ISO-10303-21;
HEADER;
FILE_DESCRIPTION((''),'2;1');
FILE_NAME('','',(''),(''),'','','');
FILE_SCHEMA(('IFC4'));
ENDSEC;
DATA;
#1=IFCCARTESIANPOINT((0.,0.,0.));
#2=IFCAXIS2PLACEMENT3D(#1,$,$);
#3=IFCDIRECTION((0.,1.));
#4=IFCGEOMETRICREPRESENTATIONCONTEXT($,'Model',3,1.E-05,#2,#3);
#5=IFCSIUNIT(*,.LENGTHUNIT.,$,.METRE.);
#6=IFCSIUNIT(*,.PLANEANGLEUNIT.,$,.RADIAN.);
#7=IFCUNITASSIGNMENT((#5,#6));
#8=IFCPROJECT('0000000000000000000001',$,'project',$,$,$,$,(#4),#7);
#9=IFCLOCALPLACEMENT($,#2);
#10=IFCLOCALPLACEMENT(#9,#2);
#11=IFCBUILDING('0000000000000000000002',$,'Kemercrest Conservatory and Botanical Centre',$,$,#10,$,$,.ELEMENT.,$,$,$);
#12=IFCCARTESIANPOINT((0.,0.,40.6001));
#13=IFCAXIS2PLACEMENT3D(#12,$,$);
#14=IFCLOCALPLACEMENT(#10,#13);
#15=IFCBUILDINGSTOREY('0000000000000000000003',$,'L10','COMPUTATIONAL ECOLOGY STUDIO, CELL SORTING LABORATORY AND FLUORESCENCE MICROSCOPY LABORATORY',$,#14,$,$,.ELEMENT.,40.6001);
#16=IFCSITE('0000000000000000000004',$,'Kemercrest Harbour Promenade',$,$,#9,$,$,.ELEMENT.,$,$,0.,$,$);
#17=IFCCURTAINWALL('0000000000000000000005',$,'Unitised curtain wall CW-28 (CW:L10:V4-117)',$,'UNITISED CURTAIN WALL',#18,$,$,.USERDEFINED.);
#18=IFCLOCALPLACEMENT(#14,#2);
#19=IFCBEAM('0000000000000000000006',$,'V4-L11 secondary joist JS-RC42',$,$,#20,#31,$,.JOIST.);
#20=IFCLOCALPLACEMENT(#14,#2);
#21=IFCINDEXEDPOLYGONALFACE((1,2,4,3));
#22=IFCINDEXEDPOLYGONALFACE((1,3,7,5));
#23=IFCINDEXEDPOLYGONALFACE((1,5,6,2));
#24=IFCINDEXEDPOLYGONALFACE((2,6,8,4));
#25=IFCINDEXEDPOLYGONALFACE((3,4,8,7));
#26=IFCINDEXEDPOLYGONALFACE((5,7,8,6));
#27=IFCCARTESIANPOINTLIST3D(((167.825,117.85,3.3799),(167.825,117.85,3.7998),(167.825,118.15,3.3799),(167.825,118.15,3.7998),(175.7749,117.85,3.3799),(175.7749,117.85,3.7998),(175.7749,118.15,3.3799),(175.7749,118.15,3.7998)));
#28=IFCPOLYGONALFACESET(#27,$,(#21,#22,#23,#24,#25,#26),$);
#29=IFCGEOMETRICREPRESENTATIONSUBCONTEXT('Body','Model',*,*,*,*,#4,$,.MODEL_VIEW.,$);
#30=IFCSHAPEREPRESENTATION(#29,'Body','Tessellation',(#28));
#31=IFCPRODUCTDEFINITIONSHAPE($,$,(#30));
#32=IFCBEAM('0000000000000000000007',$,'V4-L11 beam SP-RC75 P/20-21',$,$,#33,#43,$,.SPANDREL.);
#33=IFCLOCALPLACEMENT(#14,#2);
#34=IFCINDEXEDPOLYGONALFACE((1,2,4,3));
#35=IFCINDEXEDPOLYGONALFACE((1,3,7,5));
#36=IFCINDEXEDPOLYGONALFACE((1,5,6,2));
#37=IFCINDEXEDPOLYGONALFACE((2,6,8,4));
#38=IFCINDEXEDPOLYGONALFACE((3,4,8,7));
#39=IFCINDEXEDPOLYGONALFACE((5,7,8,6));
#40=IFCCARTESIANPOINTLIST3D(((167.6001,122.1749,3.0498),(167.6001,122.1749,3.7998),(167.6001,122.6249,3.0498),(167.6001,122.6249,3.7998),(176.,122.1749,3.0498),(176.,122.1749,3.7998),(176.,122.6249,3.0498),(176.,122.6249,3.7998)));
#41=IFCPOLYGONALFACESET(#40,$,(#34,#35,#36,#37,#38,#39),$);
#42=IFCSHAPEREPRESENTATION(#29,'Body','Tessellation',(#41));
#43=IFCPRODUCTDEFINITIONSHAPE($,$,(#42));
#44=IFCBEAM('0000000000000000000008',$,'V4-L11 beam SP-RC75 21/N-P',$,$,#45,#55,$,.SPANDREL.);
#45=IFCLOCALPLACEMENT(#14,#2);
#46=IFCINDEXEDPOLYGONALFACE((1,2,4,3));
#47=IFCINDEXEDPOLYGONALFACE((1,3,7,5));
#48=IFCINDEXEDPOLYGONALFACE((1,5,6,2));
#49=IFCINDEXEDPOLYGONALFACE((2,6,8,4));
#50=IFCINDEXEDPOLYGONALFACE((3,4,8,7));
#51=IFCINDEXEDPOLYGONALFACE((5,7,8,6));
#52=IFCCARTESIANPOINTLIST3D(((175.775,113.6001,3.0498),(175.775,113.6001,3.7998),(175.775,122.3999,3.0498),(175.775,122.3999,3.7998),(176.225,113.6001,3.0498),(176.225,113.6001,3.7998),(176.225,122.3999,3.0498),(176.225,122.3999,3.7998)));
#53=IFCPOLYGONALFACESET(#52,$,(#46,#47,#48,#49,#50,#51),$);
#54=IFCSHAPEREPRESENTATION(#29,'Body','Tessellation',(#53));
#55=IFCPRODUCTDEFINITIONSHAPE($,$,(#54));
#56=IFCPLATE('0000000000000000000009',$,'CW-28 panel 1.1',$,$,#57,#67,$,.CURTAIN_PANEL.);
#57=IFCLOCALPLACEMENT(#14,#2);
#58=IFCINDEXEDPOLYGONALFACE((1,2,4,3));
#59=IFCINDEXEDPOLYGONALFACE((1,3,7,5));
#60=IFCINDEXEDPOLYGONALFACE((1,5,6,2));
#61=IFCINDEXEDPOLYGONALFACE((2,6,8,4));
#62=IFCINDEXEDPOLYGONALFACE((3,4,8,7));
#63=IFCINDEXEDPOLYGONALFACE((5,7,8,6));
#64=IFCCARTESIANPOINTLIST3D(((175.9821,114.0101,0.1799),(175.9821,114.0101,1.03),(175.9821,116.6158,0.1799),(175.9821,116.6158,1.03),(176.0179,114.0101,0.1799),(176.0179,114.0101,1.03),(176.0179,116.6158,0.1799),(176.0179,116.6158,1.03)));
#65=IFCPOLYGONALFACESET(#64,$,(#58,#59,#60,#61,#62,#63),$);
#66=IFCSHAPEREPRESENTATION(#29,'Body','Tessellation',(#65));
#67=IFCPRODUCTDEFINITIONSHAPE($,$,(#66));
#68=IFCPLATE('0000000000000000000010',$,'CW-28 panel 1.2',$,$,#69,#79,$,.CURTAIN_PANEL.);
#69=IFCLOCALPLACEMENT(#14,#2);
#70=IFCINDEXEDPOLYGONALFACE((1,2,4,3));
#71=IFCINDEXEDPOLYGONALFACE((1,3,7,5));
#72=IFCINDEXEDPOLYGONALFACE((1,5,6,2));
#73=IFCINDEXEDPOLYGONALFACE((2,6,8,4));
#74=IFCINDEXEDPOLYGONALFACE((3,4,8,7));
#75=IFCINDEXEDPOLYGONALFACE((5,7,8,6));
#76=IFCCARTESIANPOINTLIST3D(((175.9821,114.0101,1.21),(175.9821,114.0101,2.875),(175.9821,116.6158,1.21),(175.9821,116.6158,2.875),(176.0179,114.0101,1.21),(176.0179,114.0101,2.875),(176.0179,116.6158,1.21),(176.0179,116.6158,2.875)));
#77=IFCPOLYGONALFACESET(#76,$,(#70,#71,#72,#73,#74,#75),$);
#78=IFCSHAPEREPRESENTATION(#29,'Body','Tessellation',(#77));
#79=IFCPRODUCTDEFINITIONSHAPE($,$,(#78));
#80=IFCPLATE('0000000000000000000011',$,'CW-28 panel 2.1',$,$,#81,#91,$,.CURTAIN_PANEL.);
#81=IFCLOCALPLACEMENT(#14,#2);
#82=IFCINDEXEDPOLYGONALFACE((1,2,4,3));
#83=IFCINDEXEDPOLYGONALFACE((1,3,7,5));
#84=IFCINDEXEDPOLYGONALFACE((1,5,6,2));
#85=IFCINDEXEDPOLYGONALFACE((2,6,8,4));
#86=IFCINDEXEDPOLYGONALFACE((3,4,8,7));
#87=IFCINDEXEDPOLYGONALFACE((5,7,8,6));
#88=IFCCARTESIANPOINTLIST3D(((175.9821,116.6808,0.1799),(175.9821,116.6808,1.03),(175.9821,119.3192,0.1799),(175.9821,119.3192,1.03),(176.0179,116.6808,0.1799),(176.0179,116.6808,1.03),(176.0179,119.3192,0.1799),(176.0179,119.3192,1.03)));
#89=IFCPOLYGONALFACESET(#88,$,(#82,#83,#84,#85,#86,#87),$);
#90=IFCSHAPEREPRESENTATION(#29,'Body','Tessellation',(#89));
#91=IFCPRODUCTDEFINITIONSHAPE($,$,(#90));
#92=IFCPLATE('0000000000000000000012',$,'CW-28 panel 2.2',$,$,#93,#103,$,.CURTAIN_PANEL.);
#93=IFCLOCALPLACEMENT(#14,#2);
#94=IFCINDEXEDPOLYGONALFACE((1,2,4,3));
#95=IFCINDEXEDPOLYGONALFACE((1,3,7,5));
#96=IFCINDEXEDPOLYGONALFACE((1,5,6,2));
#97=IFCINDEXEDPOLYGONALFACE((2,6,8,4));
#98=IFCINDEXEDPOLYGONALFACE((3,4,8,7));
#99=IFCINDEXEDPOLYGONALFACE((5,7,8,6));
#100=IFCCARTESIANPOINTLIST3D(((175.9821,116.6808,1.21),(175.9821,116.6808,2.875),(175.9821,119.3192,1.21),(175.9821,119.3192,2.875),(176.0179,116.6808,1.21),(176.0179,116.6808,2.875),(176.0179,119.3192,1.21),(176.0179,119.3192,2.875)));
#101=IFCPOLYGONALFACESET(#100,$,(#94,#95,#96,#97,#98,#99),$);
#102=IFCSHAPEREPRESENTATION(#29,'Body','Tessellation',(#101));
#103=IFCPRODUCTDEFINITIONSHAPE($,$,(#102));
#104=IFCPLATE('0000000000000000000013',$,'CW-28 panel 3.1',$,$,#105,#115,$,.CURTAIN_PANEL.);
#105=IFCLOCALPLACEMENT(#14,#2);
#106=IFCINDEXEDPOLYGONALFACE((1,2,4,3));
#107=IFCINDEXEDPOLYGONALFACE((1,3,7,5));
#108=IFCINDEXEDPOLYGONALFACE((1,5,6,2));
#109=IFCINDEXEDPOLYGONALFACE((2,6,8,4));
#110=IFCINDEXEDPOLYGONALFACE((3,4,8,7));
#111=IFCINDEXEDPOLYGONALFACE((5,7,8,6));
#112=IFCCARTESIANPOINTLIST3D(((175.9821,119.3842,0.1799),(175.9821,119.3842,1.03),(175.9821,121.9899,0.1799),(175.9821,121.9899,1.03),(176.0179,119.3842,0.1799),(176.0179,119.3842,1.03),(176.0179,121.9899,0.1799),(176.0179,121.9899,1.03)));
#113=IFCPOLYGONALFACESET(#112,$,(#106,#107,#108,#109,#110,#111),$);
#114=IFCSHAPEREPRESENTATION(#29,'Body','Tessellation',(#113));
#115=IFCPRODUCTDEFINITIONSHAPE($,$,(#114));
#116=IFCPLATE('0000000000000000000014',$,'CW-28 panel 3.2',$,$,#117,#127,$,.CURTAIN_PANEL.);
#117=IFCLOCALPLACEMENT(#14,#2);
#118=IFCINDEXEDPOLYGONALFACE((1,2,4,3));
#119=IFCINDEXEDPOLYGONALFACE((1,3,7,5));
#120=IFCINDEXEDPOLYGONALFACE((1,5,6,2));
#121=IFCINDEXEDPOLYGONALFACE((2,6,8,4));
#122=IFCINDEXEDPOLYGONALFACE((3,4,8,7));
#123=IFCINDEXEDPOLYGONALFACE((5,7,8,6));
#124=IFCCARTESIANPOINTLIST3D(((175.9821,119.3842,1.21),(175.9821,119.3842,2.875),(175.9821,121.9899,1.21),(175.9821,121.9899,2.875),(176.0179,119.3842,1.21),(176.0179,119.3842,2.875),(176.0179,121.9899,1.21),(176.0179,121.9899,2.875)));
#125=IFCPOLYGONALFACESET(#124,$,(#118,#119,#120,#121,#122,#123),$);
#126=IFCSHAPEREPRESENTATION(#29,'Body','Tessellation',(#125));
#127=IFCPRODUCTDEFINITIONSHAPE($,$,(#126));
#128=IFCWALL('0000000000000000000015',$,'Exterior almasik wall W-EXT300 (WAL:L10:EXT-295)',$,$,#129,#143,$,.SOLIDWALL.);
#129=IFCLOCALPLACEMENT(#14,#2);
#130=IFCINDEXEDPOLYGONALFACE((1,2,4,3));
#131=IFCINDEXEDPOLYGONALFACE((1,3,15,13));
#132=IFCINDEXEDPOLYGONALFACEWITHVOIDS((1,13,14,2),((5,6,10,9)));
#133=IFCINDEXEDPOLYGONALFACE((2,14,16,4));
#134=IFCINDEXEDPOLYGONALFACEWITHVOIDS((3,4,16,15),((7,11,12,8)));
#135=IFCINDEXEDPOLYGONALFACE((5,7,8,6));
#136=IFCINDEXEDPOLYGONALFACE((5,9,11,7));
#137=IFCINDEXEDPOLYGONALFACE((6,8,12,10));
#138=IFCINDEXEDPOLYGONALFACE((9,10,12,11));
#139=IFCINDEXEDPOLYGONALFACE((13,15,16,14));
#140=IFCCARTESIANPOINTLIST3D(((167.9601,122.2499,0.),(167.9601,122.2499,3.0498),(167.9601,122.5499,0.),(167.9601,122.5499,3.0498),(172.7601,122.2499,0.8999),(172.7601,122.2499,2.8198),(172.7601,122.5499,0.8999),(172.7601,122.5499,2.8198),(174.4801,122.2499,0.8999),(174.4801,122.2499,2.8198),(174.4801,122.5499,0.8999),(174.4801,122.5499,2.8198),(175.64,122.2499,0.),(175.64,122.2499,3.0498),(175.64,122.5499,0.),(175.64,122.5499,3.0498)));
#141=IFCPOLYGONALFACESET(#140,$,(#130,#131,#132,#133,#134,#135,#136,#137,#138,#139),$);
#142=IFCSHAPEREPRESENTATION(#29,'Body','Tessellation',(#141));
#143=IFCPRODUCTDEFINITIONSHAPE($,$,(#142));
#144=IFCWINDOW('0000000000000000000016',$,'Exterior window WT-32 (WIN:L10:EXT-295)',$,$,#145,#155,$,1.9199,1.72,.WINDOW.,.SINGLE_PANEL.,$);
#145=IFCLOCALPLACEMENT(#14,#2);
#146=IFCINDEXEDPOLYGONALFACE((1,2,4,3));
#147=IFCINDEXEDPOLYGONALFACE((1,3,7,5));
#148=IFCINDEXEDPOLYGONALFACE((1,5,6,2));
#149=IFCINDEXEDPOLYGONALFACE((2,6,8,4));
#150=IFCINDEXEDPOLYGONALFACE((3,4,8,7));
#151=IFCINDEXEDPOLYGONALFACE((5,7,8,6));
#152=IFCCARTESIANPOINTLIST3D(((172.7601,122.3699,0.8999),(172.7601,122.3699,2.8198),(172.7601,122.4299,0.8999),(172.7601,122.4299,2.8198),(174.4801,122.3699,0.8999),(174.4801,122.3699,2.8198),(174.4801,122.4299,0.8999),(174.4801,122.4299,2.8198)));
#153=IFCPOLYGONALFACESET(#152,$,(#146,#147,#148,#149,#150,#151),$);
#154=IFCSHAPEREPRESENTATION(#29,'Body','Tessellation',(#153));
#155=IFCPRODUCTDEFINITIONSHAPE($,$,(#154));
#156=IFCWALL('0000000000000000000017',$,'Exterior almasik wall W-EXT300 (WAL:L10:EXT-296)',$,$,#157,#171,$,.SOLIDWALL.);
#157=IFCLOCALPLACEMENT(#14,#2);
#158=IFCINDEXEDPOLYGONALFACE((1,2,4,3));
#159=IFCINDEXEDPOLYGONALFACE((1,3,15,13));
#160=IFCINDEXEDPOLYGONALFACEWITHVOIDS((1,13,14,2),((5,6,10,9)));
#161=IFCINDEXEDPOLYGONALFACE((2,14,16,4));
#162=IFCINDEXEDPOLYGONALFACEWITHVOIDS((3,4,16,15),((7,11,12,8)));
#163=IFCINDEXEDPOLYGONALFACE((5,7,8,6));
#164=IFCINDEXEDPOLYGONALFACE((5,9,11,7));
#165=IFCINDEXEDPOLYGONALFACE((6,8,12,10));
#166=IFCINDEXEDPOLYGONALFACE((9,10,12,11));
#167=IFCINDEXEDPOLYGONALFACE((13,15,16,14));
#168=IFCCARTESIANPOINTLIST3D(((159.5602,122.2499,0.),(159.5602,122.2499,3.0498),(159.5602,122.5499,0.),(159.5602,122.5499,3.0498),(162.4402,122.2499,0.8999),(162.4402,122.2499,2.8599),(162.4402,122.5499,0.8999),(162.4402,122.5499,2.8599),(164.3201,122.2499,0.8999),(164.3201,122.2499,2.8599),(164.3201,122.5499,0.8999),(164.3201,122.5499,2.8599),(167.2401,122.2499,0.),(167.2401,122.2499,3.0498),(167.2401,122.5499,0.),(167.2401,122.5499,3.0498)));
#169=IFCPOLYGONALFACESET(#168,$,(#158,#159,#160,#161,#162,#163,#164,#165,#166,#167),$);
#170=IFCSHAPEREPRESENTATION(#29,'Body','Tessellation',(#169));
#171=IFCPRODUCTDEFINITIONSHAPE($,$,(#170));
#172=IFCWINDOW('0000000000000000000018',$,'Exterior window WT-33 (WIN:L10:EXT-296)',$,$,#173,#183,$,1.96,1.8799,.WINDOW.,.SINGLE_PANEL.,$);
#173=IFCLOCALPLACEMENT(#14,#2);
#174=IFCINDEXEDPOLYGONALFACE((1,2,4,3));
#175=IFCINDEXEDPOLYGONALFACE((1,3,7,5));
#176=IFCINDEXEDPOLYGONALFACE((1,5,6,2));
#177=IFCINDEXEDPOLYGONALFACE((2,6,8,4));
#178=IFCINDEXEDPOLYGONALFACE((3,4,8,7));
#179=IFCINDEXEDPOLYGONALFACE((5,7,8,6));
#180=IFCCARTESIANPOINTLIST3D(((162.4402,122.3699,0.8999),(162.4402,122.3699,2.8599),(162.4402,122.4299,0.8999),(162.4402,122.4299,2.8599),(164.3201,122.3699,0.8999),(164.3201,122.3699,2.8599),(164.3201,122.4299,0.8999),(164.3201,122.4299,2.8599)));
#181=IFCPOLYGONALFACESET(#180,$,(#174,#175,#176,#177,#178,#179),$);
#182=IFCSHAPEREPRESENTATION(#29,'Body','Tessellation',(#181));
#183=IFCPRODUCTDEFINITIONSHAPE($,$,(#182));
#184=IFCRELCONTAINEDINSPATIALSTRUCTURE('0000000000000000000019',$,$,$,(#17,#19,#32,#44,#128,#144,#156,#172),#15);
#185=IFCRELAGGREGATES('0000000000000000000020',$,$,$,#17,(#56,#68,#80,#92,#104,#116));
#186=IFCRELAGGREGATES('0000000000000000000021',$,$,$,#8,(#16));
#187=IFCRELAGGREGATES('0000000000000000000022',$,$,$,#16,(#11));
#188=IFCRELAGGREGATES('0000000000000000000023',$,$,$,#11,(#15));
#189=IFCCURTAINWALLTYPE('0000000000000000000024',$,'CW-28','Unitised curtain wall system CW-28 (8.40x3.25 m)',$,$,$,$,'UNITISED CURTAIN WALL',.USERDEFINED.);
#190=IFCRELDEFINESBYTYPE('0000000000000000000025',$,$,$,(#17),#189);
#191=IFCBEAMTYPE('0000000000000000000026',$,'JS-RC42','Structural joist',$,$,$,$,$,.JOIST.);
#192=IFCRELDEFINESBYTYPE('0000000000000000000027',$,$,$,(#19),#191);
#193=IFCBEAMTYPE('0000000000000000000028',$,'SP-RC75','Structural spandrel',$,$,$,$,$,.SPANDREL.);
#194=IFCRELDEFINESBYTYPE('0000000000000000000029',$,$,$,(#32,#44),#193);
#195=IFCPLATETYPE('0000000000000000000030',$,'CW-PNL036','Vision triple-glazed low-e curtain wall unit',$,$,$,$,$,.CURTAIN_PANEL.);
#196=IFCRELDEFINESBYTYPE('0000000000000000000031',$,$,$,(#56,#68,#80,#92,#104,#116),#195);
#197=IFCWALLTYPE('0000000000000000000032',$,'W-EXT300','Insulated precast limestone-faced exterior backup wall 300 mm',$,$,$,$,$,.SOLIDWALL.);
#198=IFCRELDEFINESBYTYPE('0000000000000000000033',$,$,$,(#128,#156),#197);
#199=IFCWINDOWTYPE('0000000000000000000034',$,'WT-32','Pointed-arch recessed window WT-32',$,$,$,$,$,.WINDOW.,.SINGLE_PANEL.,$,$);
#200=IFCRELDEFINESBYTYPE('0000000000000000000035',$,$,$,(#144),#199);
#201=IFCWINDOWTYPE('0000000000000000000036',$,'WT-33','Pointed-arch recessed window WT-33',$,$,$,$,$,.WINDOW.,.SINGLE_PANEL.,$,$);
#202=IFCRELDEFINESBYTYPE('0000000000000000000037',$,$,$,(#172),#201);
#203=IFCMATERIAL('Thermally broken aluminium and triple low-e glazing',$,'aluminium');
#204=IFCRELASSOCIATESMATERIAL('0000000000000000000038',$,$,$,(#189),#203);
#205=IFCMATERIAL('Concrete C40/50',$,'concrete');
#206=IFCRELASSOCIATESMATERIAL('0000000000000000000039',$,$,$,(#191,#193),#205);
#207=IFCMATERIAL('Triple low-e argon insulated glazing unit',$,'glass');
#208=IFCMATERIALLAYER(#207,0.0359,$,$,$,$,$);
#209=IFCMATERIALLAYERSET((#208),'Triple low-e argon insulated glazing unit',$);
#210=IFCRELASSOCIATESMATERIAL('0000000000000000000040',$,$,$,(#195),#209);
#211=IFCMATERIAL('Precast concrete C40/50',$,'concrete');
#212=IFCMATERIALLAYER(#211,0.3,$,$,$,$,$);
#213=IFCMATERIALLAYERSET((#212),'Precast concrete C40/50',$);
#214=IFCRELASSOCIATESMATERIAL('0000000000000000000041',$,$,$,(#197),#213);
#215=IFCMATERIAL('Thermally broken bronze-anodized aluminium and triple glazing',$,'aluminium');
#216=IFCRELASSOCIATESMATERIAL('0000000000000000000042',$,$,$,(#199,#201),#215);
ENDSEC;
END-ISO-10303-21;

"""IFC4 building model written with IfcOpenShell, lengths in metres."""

from ifc_helpers import new_model, si_unit, direction, frame, frame_2d, origin, origin_2d, place, context, subcontext, project, spatial, rectangle, extrude, material, layer, layer_set, material_profile, profile_set, type_object, element, fill, aggregate, save


model = new_model("IFC4")

# Units and contexts
model_context = context("Model", 3, precision=1e-05, world=origin(), true_north=direction((0.0, 1.0)))
body_context = subcontext(model_context, "Body", "Model", "MODEL_VIEW")
ifc_project = project(units=[si_unit("LENGTHUNIT", "METRE"), si_unit("PLANEANGLEUNIT", "RADIAN")], contexts=[model_context])

# Site, building, storey
site_placement = place(None, origin())
site = spatial("IfcSite", under=ifc_project, at=site_placement, Name="Kemercrest Harbour Promenade", CompositionType="ELEMENT", RefElevation=0.0)
building_placement = place(site_placement, origin())
building = spatial("IfcBuilding", under=site, at=building_placement, Name="Kemercrest Conservatory and Botanical Centre", CompositionType="ELEMENT")
storey_placement = place(building_placement, frame((0.0, 0.0, 40.6001)))
storey = spatial("IfcBuildingStorey", under=building, at=storey_placement, Name="L10", Description="COMPUTATIONAL ECOLOGY STUDIO, CELL SORTING LABORATORY AND FLUORESCENCE MICROSCOPY LABORATORY", CompositionType="ELEMENT", Elevation=40.6001)

# Curtain wall
ifc_material_1 = material(Name="Thermally broken aluminium and triple low-e glazing", Category="aluminium")
curtain_wall_type = type_object("IfcCurtainWallType", Name="CW-28", Description="Unitised curtain wall system CW-28 (8.40x3.25 m)", ElementType="UNITISED CURTAIN WALL", PredefinedType="USERDEFINED", material=ifc_material_1)
curtain_wall_placement = place(storey_placement, origin())
curtain_wall = element("IfcCurtainWall", 1, at=curtain_wall_placement, inside=storey, type_object=curtain_wall_type, Name="Unitised curtain wall CW-28 (CW:L10:V4-117)", ObjectType="UNITISED CURTAIN WALL", PredefinedType="USERDEFINED")

# Beams
ifc_material_2 = material(Name="Concrete C40/50", Category="concrete")
ifc_material_profile_1 = material_profile(ifc_material_2, rectangle(XDim=0.3, YDim=0.4199, at=origin_2d()), Name="RC 300x420")
ifc_profile_set_1 = profile_set([ifc_material_profile_1], Name="Concrete C40/50")
beam_type_1 = type_object("IfcBeamType", Name="JS-RC42", Description="Structural joist", PredefinedType="JOIST", material=ifc_profile_set_1)
beam_1_placement = place(storey_placement, frame((167.825, 118.0, 3.5898), z_axis=(1.0, 0.0, 0.0), x_axis=(0.0, 1.0, 0.0)))
element("IfcBeam", 2, at=beam_1_placement, inside=storey, type_object=beam_type_1, Name="V4-L11 secondary joist JS-RC42", PredefinedType="JOIST", context=body_context, shape_type="SweptSolid", body=[
    extrude(rectangle(XDim=0.3, YDim=0.4199, at=origin_2d()), origin(), (0.0, 0.0, 1.0), 7.95),
])
ifc_material_profile_2 = material_profile(ifc_material_2, rectangle(XDim=0.45, YDim=0.75, at=origin_2d()), Name="RC 450x750")
ifc_profile_set_2 = profile_set([ifc_material_profile_2], Name="Concrete C40/50")
beam_type_2 = type_object("IfcBeamType", Name="SP-RC75", Description="Structural spandrel", PredefinedType="SPANDREL", material=ifc_profile_set_2)
beam_2_placement = place(storey_placement, frame((167.6001, 122.3999, 3.4248), z_axis=(1.0, 0.0, 0.0), x_axis=(0.0, 1.0, 0.0)))
element("IfcBeam", 3, at=beam_2_placement, inside=storey, type_object=beam_type_2, Name="V4-L11 beam SP-RC75 P/20-21", PredefinedType="SPANDREL", context=body_context, shape_type="SweptSolid", body=[
    extrude(rectangle(XDim=0.45, YDim=0.75, at=origin_2d()), origin(), (0.0, 0.0, 1.0), 8.3999),
])
beam_3_placement = place(storey_placement, frame((176.0, 113.6001, 3.4248), z_axis=(0.0, 1.0, 0.0), x_axis=(-1.0, 0.0, 0.0)))
element("IfcBeam", 4, at=beam_3_placement, inside=storey, type_object=beam_type_2, Name="V4-L11 beam SP-RC75 21/N-P", PredefinedType="SPANDREL", context=body_context, shape_type="SweptSolid", body=[
    extrude(rectangle(XDim=0.45, YDim=0.75, at=origin_2d()), origin(), (0.0, 0.0, 1.0), 8.7998),
])

# Plates
ifc_material_3 = material(Name="Triple low-e argon insulated glazing unit", Category="glass")
ifc_layer_1 = layer(ifc_material_3, 0.0359)
ifc_layer_set_1 = layer_set([ifc_layer_1], Name="Triple low-e argon insulated glazing unit")
plate_type = type_object("IfcPlateType", Name="CW-PNL036", Description="Vision triple-glazed low-e curtain wall unit", PredefinedType="CURTAIN_PANEL", material=ifc_layer_set_1)
plate_1_placement = place(storey_placement, frame((176.0, 115.313, 0.1799), z_axis=(0.0, 0.0, 1.0), x_axis=(0.0, 1.0, 0.0)))
plate_1 = element("IfcPlate", 5, at=plate_1_placement, type_object=plate_type, Name="CW-28 panel 1.1", PredefinedType="CURTAIN_PANEL", context=body_context, shape_type="SweptSolid", body=[
    extrude(rectangle(XDim=2.6057, YDim=0.0359, at=origin_2d()), origin(), (0.0, 0.0, 1.0), 0.8501),
])
plate_2_placement = place(storey_placement, frame((176.0, 115.313, 1.21), z_axis=(0.0, 0.0, 1.0), x_axis=(0.0, 1.0, 0.0)))
plate_2 = element("IfcPlate", 6, at=plate_2_placement, type_object=plate_type, Name="CW-28 panel 1.2", PredefinedType="CURTAIN_PANEL", context=body_context, shape_type="SweptSolid", body=[
    extrude(rectangle(XDim=2.6057, YDim=0.0359, at=origin_2d()), origin(), (0.0, 0.0, 1.0), 1.665),
])
plate_3_placement = place(storey_placement, frame((176.0, 118.0, 0.1799), z_axis=(0.0, 0.0, 1.0), x_axis=(0.0, 1.0, 0.0)))
plate_3 = element("IfcPlate", 7, at=plate_3_placement, type_object=plate_type, Name="CW-28 panel 2.1", PredefinedType="CURTAIN_PANEL", context=body_context, shape_type="SweptSolid", body=[
    extrude(rectangle(XDim=2.6384, YDim=0.0359, at=origin_2d()), origin(), (0.0, 0.0, 1.0), 0.8501),
])
plate_4_placement = place(storey_placement, frame((176.0, 118.0, 1.21), z_axis=(0.0, 0.0, 1.0), x_axis=(0.0, 1.0, 0.0)))
plate_4 = element("IfcPlate", 8, at=plate_4_placement, type_object=plate_type, Name="CW-28 panel 2.2", PredefinedType="CURTAIN_PANEL", context=body_context, shape_type="SweptSolid", body=[
    extrude(rectangle(XDim=2.6384, YDim=0.0359, at=origin_2d()), origin(), (0.0, 0.0, 1.0), 1.665),
])
plate_5_placement = place(storey_placement, frame((176.0, 120.687, 0.1799), z_axis=(0.0, 0.0, 1.0), x_axis=(0.0, 1.0, 0.0)))
plate_5 = element("IfcPlate", 9, at=plate_5_placement, type_object=plate_type, Name="CW-28 panel 3.1", PredefinedType="CURTAIN_PANEL", context=body_context, shape_type="SweptSolid", body=[
    extrude(rectangle(XDim=2.6057, YDim=0.0359, at=origin_2d()), origin(), (0.0, 0.0, 1.0), 0.8501),
])
plate_6_placement = place(storey_placement, frame((176.0, 120.687, 1.21), z_axis=(0.0, 0.0, 1.0), x_axis=(0.0, 1.0, 0.0)))
plate_6 = element("IfcPlate", 10, at=plate_6_placement, type_object=plate_type, Name="CW-28 panel 3.2", PredefinedType="CURTAIN_PANEL", context=body_context, shape_type="SweptSolid", body=[
    extrude(rectangle(XDim=2.6057, YDim=0.0359, at=origin_2d()), origin(), (0.0, 0.0, 1.0), 1.665),
])
aggregate(curtain_wall, [plate_1, plate_2, plate_3, plate_4, plate_5, plate_6])

# Walls, openings, windows
ifc_material_4 = material(Name="Precast concrete C40/50", Category="concrete")
ifc_layer_2 = layer(ifc_material_4, 0.3)
ifc_layer_set_2 = layer_set([ifc_layer_2], Name="Precast concrete C40/50")
wall_type = type_object("IfcWallType", Name="W-EXT300", Description="Insulated precast limestone-faced exterior backup wall 300 mm", PredefinedType="SOLIDWALL", material=ifc_layer_set_2)
wall_1_placement = place(storey_placement, frame((175.6399, 122.3999, 0.0), z_axis=(0.0, 0.0, 1.0), x_axis=(-1.0, 0.0, 0.0)))
wall_1 = element("IfcWall", 11, at=wall_1_placement, inside=storey, type_object=wall_type, Name="Exterior almasik wall W-EXT300 (WAL:L10:EXT-295)", PredefinedType="SOLIDWALL", context=body_context, shape_type="SweptSolid", body=[
    extrude(rectangle(XDim=7.6799, YDim=0.3, at=frame_2d((3.8398, 0.0))), origin(), (0.0, 0.0, 1.0), 3.0498),
])
opening_1_placement = place(wall_1_placement, frame((1.1599, 0.0, 0.8999)))
opening_1 = element("IfcOpeningElement", 12, at=opening_1_placement, cuts=wall_1, PredefinedType="OPENING", context=body_context, shape_type="SweptSolid", body=[
    extrude(rectangle(XDim=1.72, YDim=1.9199, at=frame_2d((0.8599, 0.96))), frame((0.0, 0.1602, 0.0), z_axis=(0.0, -1.0, 0.0), x_axis=(1.0, 0.0, 0.0)), (0.0, 0.0, 1.0), 0.3201),
])
ifc_material_5 = material(Name="Thermally broken bronze-anodized aluminium and triple glazing", Category="aluminium")
window_type_1 = type_object("IfcWindowType", Name="WT-32", Description="Pointed-arch recessed window WT-32", PartitioningType="SINGLE_PANEL", PredefinedType="WINDOW", material=ifc_material_5)
window_1_placement = place(opening_1_placement, origin())
window_1 = element("IfcWindow", 13, at=window_1_placement, inside=storey, type_object=window_type_1, Name="Exterior window WT-32 (WIN:L10:EXT-295)", OverallHeight=1.9199, OverallWidth=1.72, PartitioningType="SINGLE_PANEL", PredefinedType="WINDOW", context=body_context, shape_type="SweptSolid", body=[
    extrude(rectangle(XDim=1.72, YDim=1.9199, at=frame_2d((0.8599, 0.96))), frame((0.0, 0.03, 0.0), z_axis=(0.0, -1.0, 0.0), x_axis=(1.0, 0.0, 0.0)), (0.0, 0.0, 1.0), 0.0601),
])
fill(opening_1, window_1)
wall_2_placement = place(storey_placement, frame((167.24, 122.3999, 0.0), z_axis=(0.0, 0.0, 1.0), x_axis=(-1.0, 0.0, 0.0)))
wall_2 = element("IfcWall", 14, at=wall_2_placement, inside=storey, type_object=wall_type, Name="Exterior almasik wall W-EXT300 (WAL:L10:EXT-296)", PredefinedType="SOLIDWALL", context=body_context, shape_type="SweptSolid", body=[
    extrude(rectangle(XDim=7.6799, YDim=0.3, at=frame_2d((3.8398, 0.0))), origin(), (0.0, 0.0, 1.0), 3.0498),
])
opening_2_placement = place(wall_2_placement, frame((2.9199, 0.0, 0.8999)))
opening_2 = element("IfcOpeningElement", 15, at=opening_2_placement, cuts=wall_2, PredefinedType="OPENING", context=body_context, shape_type="SweptSolid", body=[
    extrude(rectangle(XDim=1.8799, YDim=1.96, at=frame_2d((0.9399, 0.98))), frame((0.0, 0.1602, 0.0), z_axis=(0.0, -1.0, 0.0), x_axis=(1.0, 0.0, 0.0)), (0.0, 0.0, 1.0), 0.3201),
])
window_type_2 = type_object("IfcWindowType", Name="WT-33", Description="Pointed-arch recessed window WT-33", PartitioningType="SINGLE_PANEL", PredefinedType="WINDOW", material=ifc_material_5)
window_2_placement = place(opening_2_placement, origin())
window_2 = element("IfcWindow", 16, at=window_2_placement, inside=storey, type_object=window_type_2, Name="Exterior window WT-33 (WIN:L10:EXT-296)", OverallHeight=1.96, OverallWidth=1.8799, PartitioningType="SINGLE_PANEL", PredefinedType="WINDOW", context=body_context, shape_type="SweptSolid", body=[
    extrude(rectangle(XDim=1.8799, YDim=1.96, at=frame_2d((0.9399, 0.98))), frame((0.0, 0.03, 0.0), z_axis=(0.0, -1.0, 0.0), x_axis=(1.0, 0.0, 0.0)), (0.0, 0.0, 1.0), 0.0601),
])
fill(opening_2, window_2)

save(model, "model.ifc")
